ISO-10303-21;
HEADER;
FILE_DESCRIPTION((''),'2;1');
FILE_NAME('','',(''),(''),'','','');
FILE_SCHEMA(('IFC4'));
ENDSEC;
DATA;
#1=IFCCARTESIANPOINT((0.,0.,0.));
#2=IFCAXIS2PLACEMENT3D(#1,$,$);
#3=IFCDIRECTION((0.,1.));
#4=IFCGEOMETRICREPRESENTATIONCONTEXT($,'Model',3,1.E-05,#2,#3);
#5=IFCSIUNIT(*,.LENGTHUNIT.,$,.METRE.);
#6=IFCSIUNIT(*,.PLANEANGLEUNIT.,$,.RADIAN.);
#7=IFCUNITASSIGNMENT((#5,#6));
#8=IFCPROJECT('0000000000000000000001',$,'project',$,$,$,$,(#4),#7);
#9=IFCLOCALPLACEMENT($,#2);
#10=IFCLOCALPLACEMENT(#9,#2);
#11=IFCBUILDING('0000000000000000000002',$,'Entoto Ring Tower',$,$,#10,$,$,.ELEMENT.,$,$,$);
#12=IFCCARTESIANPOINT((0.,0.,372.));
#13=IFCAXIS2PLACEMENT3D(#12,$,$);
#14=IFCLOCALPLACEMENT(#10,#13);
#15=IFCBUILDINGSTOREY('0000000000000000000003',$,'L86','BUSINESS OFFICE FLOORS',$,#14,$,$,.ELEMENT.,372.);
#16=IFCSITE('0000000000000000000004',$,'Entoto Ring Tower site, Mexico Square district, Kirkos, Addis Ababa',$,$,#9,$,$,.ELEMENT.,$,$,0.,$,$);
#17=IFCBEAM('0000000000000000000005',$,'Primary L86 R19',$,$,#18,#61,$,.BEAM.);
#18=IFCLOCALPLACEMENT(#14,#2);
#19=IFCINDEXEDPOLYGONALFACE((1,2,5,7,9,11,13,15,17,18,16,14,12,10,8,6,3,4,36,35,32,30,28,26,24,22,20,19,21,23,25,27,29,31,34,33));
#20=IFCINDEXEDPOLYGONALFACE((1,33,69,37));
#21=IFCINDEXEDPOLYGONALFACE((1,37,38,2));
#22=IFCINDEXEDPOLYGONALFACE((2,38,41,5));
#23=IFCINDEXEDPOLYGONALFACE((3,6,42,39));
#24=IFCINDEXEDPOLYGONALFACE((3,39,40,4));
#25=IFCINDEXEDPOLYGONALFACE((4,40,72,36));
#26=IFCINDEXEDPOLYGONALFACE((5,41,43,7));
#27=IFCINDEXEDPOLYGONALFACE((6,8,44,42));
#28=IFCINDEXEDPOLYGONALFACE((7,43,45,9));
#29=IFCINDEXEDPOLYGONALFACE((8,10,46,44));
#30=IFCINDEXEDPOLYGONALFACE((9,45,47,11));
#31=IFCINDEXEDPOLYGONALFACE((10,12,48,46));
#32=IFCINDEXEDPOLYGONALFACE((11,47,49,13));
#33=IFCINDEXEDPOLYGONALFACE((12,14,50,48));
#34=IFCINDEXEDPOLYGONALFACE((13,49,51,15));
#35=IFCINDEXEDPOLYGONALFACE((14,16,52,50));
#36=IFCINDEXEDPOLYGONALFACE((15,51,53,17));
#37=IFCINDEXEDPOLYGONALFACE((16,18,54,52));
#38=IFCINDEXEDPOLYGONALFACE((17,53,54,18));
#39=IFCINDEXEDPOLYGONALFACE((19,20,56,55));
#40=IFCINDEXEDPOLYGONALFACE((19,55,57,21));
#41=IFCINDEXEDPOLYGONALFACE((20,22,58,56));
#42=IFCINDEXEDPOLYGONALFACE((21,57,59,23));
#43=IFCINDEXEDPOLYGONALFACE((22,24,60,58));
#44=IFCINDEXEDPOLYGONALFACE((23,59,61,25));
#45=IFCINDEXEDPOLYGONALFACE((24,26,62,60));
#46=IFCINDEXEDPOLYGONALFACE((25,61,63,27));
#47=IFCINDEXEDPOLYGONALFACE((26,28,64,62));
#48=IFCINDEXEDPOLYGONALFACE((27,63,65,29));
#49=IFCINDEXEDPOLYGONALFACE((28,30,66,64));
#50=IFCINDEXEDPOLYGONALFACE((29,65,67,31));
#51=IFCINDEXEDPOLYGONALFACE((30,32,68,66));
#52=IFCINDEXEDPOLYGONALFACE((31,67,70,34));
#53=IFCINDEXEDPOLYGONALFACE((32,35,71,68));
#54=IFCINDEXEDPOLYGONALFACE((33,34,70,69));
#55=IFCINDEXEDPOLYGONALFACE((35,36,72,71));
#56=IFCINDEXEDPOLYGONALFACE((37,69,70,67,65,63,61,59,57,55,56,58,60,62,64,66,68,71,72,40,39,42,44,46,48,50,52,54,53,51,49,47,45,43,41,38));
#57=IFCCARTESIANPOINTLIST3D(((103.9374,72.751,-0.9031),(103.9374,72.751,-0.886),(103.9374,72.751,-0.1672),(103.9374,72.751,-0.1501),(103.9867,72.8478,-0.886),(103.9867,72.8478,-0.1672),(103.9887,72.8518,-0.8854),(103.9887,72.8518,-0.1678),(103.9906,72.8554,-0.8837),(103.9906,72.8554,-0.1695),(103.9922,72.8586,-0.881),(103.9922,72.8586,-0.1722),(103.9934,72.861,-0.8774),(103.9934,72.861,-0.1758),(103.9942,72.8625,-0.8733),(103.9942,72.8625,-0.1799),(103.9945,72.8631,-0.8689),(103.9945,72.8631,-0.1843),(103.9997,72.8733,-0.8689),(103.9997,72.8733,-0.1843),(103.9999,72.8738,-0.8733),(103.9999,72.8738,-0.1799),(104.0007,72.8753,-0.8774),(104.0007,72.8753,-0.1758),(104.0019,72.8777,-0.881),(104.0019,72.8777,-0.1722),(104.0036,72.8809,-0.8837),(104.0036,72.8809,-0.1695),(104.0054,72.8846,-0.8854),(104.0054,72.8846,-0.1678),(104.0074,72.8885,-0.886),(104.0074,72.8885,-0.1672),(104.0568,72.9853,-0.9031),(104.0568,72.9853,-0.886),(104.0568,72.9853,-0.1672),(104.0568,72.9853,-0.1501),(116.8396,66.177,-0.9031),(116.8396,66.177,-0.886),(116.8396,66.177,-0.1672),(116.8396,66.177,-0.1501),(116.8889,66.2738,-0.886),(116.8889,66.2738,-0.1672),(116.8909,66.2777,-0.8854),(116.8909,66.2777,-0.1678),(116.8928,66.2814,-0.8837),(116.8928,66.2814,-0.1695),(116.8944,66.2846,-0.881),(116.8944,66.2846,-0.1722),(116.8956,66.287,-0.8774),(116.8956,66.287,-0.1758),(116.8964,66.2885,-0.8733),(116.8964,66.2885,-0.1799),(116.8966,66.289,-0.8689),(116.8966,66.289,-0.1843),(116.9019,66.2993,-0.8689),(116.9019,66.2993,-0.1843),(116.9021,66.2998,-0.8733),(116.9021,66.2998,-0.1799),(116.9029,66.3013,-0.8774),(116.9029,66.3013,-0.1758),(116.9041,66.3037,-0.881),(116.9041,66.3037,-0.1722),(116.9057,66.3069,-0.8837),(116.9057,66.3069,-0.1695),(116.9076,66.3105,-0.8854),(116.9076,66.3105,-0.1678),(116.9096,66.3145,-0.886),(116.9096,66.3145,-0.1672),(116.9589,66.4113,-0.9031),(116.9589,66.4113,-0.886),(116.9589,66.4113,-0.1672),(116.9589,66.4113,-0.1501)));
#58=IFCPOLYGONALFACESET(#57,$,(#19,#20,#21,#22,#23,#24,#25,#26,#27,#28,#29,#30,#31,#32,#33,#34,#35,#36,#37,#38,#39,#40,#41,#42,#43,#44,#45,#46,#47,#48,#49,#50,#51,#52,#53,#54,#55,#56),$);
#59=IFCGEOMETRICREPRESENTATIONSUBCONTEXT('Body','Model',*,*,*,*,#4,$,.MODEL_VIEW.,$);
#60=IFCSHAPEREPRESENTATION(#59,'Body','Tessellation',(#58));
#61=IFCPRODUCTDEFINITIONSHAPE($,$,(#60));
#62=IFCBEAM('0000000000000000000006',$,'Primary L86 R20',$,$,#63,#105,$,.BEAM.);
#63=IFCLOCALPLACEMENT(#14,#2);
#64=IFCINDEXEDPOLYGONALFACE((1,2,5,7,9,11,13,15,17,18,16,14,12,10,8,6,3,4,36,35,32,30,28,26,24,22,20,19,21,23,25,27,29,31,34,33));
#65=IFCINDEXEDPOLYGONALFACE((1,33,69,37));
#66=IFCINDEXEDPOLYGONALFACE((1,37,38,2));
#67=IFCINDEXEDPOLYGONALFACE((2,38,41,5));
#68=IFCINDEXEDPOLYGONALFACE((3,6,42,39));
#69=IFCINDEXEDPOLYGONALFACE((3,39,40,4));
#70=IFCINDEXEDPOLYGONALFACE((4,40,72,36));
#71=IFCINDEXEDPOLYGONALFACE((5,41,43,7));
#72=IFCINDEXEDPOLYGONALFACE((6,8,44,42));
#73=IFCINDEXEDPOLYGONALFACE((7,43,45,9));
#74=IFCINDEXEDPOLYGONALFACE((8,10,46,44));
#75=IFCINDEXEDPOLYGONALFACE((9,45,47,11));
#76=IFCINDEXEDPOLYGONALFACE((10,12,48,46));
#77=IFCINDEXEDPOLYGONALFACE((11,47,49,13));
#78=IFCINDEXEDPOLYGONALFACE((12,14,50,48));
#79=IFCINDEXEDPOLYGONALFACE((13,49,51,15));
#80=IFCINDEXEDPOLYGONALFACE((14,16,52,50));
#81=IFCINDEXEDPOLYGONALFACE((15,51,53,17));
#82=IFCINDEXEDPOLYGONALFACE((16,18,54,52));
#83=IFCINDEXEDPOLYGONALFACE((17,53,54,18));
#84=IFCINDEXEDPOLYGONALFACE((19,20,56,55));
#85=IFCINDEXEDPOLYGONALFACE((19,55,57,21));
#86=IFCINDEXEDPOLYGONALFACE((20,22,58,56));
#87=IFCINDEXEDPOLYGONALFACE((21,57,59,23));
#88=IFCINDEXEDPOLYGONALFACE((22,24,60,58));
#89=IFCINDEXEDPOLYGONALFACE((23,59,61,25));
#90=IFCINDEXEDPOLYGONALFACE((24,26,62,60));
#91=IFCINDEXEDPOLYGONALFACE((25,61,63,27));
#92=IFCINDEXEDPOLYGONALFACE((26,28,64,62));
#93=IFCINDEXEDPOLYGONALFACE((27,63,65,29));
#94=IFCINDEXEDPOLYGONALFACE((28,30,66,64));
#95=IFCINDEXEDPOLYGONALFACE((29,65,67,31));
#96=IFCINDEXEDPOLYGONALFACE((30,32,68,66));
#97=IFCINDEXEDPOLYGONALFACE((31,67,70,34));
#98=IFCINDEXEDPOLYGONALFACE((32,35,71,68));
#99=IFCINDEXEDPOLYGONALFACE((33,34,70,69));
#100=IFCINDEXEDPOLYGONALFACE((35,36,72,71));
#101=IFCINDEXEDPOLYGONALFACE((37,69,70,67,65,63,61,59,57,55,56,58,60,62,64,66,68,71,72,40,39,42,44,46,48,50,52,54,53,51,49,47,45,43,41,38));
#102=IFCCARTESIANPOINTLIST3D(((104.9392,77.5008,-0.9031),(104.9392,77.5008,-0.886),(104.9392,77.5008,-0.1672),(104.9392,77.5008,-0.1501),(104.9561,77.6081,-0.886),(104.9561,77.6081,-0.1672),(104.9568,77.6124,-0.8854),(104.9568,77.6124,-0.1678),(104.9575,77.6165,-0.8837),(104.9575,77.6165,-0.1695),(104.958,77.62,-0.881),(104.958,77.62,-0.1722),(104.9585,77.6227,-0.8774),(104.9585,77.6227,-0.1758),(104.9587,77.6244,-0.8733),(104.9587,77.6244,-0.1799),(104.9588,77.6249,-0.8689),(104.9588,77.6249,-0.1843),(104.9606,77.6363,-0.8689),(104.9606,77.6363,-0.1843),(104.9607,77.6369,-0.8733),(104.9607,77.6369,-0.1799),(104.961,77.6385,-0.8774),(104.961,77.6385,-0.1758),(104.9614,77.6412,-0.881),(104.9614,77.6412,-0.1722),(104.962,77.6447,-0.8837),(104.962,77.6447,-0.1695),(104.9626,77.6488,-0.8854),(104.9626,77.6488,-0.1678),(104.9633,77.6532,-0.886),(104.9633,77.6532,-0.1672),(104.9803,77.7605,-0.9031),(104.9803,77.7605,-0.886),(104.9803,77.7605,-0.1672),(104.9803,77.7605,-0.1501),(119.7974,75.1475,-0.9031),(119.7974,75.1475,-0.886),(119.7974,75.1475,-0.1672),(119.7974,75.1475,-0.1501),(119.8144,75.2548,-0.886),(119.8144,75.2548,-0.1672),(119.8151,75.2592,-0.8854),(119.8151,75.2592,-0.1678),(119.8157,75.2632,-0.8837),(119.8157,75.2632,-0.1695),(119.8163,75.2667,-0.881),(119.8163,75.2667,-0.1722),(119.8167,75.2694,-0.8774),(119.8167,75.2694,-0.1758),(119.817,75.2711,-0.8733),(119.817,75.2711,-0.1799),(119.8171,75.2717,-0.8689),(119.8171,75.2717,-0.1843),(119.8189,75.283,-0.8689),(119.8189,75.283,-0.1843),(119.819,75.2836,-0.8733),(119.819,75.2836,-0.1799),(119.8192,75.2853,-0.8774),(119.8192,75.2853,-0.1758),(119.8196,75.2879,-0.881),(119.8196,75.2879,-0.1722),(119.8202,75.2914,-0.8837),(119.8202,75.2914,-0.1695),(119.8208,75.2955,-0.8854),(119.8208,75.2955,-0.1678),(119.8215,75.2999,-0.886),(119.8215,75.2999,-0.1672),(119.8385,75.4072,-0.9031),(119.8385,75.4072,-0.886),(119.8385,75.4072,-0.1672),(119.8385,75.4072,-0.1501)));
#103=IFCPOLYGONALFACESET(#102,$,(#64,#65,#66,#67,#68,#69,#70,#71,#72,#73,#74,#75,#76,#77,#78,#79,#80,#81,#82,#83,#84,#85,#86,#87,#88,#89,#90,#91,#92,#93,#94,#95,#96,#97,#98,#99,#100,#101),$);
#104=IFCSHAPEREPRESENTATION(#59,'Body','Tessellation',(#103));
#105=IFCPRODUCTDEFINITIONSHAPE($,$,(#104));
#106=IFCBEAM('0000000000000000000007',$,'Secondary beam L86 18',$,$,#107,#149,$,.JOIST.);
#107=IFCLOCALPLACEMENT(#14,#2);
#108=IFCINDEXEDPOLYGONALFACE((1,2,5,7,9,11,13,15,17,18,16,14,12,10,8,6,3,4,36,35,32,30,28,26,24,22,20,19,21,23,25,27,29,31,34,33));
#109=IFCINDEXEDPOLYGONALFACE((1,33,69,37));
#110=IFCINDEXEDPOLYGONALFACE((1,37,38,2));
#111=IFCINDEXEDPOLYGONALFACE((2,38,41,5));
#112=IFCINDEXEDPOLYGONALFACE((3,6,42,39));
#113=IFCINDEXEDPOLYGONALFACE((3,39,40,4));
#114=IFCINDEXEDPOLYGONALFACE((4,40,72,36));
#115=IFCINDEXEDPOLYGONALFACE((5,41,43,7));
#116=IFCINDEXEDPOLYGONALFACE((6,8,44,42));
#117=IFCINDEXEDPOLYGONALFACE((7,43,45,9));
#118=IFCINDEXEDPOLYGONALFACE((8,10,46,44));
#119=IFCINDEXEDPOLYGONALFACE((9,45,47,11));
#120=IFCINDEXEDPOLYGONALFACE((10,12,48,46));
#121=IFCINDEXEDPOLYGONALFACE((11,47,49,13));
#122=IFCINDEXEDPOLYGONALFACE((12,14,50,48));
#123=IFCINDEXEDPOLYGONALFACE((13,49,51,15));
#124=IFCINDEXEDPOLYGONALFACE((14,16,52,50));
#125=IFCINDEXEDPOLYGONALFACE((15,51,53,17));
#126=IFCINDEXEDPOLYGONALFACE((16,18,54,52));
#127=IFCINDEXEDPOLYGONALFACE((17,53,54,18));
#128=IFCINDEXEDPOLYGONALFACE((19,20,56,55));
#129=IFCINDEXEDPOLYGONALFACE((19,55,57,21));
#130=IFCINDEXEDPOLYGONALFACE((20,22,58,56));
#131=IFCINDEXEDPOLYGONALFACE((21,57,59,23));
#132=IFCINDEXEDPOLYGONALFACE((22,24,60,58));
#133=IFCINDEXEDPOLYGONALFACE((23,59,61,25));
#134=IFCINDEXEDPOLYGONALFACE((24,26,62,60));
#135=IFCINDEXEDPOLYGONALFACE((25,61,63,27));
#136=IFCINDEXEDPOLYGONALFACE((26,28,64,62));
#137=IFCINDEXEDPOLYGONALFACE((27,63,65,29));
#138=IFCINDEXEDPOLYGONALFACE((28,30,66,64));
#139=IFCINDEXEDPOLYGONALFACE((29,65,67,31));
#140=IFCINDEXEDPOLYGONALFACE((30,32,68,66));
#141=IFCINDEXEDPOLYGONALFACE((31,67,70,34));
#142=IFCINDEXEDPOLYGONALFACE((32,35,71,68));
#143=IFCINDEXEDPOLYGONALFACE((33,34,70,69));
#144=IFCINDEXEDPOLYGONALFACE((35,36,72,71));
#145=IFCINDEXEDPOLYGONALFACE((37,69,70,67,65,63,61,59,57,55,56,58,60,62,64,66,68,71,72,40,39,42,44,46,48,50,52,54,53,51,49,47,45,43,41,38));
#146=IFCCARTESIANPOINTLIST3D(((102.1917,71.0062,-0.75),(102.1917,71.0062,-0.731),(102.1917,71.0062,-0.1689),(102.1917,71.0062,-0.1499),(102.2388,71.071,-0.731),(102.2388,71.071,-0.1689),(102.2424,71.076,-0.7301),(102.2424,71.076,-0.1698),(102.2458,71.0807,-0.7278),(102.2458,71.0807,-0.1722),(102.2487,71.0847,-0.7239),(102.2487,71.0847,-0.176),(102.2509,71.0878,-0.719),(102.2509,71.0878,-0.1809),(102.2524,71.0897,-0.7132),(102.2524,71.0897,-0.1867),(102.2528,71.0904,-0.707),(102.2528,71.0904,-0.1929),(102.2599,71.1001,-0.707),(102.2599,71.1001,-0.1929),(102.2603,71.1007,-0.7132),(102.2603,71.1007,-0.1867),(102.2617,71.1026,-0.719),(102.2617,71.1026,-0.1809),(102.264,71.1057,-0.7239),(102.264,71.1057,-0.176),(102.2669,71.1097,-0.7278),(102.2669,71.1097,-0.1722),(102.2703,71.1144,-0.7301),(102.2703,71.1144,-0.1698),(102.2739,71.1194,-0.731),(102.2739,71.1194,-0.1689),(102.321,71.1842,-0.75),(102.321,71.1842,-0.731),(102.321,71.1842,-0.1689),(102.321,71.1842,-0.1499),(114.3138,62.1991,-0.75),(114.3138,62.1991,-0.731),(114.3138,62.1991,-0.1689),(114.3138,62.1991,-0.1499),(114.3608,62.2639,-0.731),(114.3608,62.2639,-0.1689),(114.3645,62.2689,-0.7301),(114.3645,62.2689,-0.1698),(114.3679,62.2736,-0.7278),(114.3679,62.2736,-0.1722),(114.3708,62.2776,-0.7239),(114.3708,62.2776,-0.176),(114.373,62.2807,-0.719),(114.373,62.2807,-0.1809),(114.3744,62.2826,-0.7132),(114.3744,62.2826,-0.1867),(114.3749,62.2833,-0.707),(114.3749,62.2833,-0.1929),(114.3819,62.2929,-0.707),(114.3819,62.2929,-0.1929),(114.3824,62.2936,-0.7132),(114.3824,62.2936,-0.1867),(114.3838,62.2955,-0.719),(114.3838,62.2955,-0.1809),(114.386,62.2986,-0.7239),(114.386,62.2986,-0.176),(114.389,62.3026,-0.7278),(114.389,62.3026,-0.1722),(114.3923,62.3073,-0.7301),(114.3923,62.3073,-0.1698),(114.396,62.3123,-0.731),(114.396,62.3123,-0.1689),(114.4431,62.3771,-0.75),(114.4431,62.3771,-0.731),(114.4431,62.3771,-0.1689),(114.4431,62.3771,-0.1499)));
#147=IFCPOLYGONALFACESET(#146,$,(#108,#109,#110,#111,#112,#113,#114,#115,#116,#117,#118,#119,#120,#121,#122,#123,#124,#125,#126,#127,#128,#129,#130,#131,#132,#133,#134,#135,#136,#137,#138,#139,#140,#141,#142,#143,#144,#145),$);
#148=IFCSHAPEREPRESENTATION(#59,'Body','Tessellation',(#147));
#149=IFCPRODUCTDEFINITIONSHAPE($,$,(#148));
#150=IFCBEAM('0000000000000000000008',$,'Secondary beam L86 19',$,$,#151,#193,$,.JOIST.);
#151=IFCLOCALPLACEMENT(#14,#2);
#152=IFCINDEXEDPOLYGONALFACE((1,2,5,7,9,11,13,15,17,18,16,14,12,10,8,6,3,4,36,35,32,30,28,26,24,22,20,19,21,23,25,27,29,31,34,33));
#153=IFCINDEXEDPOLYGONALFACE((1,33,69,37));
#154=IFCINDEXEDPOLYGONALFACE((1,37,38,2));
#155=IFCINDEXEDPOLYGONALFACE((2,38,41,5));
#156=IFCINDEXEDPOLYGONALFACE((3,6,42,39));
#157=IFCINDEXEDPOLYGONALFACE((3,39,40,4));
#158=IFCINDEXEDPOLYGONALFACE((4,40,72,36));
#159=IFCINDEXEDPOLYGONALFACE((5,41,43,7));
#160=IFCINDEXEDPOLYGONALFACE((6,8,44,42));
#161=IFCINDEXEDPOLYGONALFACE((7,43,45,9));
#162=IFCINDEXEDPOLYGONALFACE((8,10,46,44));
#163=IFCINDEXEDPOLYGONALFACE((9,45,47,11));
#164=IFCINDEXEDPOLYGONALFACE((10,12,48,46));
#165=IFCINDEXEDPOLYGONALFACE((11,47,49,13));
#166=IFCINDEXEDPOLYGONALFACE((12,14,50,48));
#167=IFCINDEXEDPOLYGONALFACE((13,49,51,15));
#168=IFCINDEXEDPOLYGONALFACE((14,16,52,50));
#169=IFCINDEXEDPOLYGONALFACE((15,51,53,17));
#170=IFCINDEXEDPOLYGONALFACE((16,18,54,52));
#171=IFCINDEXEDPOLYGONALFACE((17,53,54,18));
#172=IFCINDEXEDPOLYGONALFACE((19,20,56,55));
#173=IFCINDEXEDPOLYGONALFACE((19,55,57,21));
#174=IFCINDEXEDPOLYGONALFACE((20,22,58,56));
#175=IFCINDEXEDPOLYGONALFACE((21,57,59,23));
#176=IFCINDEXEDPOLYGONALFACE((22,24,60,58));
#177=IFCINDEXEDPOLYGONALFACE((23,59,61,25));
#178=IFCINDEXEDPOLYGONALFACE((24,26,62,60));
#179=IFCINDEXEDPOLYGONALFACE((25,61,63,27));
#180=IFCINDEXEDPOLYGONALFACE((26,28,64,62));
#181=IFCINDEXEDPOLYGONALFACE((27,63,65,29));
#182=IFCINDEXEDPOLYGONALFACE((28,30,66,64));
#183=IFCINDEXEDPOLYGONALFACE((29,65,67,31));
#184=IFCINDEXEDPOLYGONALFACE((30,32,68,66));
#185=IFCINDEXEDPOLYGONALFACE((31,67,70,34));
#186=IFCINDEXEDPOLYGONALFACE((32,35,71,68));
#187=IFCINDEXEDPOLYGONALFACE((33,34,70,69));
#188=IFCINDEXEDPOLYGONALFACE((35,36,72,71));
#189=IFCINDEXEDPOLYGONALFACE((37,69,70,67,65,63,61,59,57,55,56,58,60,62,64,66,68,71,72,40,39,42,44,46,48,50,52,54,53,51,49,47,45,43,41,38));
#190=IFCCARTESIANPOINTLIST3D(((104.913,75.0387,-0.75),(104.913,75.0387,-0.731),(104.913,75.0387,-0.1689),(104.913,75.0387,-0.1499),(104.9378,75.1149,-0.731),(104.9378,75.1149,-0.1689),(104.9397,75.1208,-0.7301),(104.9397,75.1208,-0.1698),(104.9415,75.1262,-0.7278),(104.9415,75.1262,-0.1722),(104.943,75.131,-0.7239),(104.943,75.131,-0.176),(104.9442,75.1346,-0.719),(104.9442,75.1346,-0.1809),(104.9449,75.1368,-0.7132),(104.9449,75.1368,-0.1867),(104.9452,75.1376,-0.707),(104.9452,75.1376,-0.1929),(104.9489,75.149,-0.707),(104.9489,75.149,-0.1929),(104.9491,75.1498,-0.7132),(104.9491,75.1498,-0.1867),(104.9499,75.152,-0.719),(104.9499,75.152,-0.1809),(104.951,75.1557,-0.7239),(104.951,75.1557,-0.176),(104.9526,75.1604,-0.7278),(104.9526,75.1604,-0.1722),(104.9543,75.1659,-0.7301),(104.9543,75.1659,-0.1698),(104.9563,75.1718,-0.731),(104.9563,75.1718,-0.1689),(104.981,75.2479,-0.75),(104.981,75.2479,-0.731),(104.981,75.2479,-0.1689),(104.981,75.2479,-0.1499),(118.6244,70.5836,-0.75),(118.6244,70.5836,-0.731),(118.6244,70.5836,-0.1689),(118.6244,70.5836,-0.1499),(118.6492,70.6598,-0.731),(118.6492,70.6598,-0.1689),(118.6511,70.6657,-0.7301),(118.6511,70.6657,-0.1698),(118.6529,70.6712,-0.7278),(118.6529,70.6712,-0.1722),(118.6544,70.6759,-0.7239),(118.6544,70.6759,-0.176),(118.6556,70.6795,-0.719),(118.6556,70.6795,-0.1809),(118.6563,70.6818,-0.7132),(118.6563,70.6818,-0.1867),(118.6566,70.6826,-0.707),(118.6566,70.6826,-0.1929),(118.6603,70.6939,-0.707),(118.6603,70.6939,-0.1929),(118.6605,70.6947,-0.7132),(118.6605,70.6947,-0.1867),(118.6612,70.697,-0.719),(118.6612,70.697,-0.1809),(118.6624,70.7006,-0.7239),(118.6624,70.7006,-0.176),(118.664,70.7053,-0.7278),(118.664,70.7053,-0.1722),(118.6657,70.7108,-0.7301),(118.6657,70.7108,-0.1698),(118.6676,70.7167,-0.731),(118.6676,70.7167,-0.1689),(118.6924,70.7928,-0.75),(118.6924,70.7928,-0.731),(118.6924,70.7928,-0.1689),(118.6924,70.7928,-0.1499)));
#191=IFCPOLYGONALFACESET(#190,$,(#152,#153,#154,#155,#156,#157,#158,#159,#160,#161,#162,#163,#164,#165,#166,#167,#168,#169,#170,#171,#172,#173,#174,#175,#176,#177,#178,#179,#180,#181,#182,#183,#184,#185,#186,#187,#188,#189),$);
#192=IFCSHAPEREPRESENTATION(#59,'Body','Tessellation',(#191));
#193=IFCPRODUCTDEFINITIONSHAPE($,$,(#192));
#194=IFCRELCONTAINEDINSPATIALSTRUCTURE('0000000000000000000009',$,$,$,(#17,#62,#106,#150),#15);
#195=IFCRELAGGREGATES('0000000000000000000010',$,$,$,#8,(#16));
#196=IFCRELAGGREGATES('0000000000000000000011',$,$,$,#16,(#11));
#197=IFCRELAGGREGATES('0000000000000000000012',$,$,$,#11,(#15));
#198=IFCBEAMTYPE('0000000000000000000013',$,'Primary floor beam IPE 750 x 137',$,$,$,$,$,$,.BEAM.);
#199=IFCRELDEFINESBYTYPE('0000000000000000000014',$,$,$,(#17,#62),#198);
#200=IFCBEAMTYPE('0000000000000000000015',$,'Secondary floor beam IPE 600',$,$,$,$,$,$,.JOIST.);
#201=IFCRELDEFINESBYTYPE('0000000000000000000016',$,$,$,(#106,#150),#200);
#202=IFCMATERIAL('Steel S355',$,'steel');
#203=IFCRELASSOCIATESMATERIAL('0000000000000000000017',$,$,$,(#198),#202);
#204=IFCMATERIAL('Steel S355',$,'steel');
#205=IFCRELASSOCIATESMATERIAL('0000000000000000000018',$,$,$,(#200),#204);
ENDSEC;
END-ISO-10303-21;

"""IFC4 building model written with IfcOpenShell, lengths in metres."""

from ifc_helpers import new_model, si_unit, direction, frame, origin, origin_2d, place, context, subcontext, project, spatial, i_section, extrude, material, material_profile, profile_set, type_object, element, save


model = new_model("IFC4")

# Units and contexts
model_context = context("Model", 3, precision=1e-05, world=origin(), true_north=direction((0.0, 1.0)))
body_context = subcontext(model_context, "Body", "Model", "MODEL_VIEW")
ifc_project = project(units=[si_unit("LENGTHUNIT", "METRE"), si_unit("PLANEANGLEUNIT", "RADIAN")], contexts=[model_context])

# Site, building, storey
site_placement = place(None, origin())
site = spatial("IfcSite", under=ifc_project, at=site_placement, Name="Entoto Ring Tower site, Mexico Square district, Kirkos, Addis Ababa", CompositionType="ELEMENT", RefElevation=0.0)
building_placement = place(site_placement, origin())
building = spatial("IfcBuilding", under=site, at=building_placement, Name="Entoto Ring Tower", CompositionType="ELEMENT")
storey_placement = place(building_placement, frame((0.0, 0.0, 372.0)))
storey = spatial("IfcBuildingStorey", under=building, at=storey_placement, Name="L86", Description="BUSINESS OFFICE FLOORS", CompositionType="ELEMENT", Elevation=372.0)

# Beams
ifc_material_1 = material(Name="Steel S355", Category="steel")
ifc_material_profile_1 = material_profile(ifc_material_1, i_section(OverallWidth=0.2629, OverallDepth=0.7529, WebThickness=0.0115, FlangeThickness=0.0171, FilletRadius=0.0171, at=origin_2d()), Name="IPE 750 x 137")
ifc_profile_set_1 = profile_set([ifc_material_profile_1], Name="Steel S355")
beam_type_1 = type_object("IfcBeamType", Name="Primary floor beam IPE 750 x 137", PredefinedType="BEAM", material=ifc_profile_set_1)
beam_1_placement = place(storey_placement, frame((103.9971, 72.8682, -0.5266), z_axis=(0.891006, -0.453992, 0.0), x_axis=(0.453992, 0.891006, 0.0)))
element("IfcBeam", 1, at=beam_1_placement, inside=storey, type_object=beam_type_1, Name="Primary L86 R19", PredefinedType="BEAM", context=body_context, shape_type="SweptSolid", body=[
    extrude(i_section(OverallWidth=0.2629, OverallDepth=0.7529, WebThickness=0.0115, FlangeThickness=0.0171, FilletRadius=0.0171, at=origin_2d()), origin(), (0.0, 0.0, 1.0), 14.4805),
])
beam_2_placement = place(storey_placement, frame((104.9597, 77.6306, -0.5266), z_axis=(0.987689, -0.156433, 0.0), x_axis=(0.156433, 0.987689, 0.0)))
element("IfcBeam", 2, at=beam_2_placement, inside=storey, type_object=beam_type_1, Name="Primary L86 R20", PredefinedType="BEAM", context=body_context, shape_type="SweptSolid", body=[
    extrude(i_section(OverallWidth=0.2629, OverallDepth=0.7529, WebThickness=0.0115, FlangeThickness=0.0171, FilletRadius=0.0171, at=origin_2d()), origin(), (0.0, 0.0, 1.0), 15.0435),
])
ifc_material_2 = material(Name="Steel S355", Category="steel")
ifc_material_profile_2 = material_profile(ifc_material_2, i_section(OverallWidth=0.22, OverallDepth=0.6001, WebThickness=0.012, FlangeThickness=0.019, FilletRadius=0.0239, at=origin_2d()), Name="IPE 600")
ifc_profile_set_2 = profile_set([ifc_material_profile_2], Name="Steel S355")
beam_type_2 = type_object("IfcBeamType", Name="Secondary floor beam IPE 600", PredefinedType="JOIST", material=ifc_profile_set_2)
beam_3_placement = place(storey_placement, frame((102.2563, 71.0952, -0.45), z_axis=(0.809019, -0.587782, 0.0), x_axis=(0.587782, 0.809019, 0.0)))
element("IfcBeam", 3, at=beam_3_placement, inside=storey, type_object=beam_type_2, Name="Secondary beam L86 18", PredefinedType="JOIST", context=body_context, shape_type="SweptSolid", body=[
    extrude(i_section(OverallWidth=0.22, OverallDepth=0.6001, WebThickness=0.012, FlangeThickness=0.019, FilletRadius=0.0239, at=origin_2d()), origin(), (0.0, 0.0, 1.0), 14.9836),
])
beam_4_placement = place(storey_placement, frame((104.947, 75.1433, -0.45), z_axis=(0.951057, -0.309015, 0.0), x_axis=(0.309015, 0.951057, 0.0)))
element("IfcBeam", 4, at=beam_4_placement, inside=storey, type_object=beam_type_2, Name="Secondary beam L86 19", PredefinedType="JOIST", context=body_context, shape_type="SweptSolid", body=[
    extrude(i_section(OverallWidth=0.22, OverallDepth=0.6001, WebThickness=0.012, FlangeThickness=0.019, FilletRadius=0.0239, at=origin_2d()), origin(), (0.0, 0.0, 1.0), 14.417),
])

save(model, "model.ifc")
